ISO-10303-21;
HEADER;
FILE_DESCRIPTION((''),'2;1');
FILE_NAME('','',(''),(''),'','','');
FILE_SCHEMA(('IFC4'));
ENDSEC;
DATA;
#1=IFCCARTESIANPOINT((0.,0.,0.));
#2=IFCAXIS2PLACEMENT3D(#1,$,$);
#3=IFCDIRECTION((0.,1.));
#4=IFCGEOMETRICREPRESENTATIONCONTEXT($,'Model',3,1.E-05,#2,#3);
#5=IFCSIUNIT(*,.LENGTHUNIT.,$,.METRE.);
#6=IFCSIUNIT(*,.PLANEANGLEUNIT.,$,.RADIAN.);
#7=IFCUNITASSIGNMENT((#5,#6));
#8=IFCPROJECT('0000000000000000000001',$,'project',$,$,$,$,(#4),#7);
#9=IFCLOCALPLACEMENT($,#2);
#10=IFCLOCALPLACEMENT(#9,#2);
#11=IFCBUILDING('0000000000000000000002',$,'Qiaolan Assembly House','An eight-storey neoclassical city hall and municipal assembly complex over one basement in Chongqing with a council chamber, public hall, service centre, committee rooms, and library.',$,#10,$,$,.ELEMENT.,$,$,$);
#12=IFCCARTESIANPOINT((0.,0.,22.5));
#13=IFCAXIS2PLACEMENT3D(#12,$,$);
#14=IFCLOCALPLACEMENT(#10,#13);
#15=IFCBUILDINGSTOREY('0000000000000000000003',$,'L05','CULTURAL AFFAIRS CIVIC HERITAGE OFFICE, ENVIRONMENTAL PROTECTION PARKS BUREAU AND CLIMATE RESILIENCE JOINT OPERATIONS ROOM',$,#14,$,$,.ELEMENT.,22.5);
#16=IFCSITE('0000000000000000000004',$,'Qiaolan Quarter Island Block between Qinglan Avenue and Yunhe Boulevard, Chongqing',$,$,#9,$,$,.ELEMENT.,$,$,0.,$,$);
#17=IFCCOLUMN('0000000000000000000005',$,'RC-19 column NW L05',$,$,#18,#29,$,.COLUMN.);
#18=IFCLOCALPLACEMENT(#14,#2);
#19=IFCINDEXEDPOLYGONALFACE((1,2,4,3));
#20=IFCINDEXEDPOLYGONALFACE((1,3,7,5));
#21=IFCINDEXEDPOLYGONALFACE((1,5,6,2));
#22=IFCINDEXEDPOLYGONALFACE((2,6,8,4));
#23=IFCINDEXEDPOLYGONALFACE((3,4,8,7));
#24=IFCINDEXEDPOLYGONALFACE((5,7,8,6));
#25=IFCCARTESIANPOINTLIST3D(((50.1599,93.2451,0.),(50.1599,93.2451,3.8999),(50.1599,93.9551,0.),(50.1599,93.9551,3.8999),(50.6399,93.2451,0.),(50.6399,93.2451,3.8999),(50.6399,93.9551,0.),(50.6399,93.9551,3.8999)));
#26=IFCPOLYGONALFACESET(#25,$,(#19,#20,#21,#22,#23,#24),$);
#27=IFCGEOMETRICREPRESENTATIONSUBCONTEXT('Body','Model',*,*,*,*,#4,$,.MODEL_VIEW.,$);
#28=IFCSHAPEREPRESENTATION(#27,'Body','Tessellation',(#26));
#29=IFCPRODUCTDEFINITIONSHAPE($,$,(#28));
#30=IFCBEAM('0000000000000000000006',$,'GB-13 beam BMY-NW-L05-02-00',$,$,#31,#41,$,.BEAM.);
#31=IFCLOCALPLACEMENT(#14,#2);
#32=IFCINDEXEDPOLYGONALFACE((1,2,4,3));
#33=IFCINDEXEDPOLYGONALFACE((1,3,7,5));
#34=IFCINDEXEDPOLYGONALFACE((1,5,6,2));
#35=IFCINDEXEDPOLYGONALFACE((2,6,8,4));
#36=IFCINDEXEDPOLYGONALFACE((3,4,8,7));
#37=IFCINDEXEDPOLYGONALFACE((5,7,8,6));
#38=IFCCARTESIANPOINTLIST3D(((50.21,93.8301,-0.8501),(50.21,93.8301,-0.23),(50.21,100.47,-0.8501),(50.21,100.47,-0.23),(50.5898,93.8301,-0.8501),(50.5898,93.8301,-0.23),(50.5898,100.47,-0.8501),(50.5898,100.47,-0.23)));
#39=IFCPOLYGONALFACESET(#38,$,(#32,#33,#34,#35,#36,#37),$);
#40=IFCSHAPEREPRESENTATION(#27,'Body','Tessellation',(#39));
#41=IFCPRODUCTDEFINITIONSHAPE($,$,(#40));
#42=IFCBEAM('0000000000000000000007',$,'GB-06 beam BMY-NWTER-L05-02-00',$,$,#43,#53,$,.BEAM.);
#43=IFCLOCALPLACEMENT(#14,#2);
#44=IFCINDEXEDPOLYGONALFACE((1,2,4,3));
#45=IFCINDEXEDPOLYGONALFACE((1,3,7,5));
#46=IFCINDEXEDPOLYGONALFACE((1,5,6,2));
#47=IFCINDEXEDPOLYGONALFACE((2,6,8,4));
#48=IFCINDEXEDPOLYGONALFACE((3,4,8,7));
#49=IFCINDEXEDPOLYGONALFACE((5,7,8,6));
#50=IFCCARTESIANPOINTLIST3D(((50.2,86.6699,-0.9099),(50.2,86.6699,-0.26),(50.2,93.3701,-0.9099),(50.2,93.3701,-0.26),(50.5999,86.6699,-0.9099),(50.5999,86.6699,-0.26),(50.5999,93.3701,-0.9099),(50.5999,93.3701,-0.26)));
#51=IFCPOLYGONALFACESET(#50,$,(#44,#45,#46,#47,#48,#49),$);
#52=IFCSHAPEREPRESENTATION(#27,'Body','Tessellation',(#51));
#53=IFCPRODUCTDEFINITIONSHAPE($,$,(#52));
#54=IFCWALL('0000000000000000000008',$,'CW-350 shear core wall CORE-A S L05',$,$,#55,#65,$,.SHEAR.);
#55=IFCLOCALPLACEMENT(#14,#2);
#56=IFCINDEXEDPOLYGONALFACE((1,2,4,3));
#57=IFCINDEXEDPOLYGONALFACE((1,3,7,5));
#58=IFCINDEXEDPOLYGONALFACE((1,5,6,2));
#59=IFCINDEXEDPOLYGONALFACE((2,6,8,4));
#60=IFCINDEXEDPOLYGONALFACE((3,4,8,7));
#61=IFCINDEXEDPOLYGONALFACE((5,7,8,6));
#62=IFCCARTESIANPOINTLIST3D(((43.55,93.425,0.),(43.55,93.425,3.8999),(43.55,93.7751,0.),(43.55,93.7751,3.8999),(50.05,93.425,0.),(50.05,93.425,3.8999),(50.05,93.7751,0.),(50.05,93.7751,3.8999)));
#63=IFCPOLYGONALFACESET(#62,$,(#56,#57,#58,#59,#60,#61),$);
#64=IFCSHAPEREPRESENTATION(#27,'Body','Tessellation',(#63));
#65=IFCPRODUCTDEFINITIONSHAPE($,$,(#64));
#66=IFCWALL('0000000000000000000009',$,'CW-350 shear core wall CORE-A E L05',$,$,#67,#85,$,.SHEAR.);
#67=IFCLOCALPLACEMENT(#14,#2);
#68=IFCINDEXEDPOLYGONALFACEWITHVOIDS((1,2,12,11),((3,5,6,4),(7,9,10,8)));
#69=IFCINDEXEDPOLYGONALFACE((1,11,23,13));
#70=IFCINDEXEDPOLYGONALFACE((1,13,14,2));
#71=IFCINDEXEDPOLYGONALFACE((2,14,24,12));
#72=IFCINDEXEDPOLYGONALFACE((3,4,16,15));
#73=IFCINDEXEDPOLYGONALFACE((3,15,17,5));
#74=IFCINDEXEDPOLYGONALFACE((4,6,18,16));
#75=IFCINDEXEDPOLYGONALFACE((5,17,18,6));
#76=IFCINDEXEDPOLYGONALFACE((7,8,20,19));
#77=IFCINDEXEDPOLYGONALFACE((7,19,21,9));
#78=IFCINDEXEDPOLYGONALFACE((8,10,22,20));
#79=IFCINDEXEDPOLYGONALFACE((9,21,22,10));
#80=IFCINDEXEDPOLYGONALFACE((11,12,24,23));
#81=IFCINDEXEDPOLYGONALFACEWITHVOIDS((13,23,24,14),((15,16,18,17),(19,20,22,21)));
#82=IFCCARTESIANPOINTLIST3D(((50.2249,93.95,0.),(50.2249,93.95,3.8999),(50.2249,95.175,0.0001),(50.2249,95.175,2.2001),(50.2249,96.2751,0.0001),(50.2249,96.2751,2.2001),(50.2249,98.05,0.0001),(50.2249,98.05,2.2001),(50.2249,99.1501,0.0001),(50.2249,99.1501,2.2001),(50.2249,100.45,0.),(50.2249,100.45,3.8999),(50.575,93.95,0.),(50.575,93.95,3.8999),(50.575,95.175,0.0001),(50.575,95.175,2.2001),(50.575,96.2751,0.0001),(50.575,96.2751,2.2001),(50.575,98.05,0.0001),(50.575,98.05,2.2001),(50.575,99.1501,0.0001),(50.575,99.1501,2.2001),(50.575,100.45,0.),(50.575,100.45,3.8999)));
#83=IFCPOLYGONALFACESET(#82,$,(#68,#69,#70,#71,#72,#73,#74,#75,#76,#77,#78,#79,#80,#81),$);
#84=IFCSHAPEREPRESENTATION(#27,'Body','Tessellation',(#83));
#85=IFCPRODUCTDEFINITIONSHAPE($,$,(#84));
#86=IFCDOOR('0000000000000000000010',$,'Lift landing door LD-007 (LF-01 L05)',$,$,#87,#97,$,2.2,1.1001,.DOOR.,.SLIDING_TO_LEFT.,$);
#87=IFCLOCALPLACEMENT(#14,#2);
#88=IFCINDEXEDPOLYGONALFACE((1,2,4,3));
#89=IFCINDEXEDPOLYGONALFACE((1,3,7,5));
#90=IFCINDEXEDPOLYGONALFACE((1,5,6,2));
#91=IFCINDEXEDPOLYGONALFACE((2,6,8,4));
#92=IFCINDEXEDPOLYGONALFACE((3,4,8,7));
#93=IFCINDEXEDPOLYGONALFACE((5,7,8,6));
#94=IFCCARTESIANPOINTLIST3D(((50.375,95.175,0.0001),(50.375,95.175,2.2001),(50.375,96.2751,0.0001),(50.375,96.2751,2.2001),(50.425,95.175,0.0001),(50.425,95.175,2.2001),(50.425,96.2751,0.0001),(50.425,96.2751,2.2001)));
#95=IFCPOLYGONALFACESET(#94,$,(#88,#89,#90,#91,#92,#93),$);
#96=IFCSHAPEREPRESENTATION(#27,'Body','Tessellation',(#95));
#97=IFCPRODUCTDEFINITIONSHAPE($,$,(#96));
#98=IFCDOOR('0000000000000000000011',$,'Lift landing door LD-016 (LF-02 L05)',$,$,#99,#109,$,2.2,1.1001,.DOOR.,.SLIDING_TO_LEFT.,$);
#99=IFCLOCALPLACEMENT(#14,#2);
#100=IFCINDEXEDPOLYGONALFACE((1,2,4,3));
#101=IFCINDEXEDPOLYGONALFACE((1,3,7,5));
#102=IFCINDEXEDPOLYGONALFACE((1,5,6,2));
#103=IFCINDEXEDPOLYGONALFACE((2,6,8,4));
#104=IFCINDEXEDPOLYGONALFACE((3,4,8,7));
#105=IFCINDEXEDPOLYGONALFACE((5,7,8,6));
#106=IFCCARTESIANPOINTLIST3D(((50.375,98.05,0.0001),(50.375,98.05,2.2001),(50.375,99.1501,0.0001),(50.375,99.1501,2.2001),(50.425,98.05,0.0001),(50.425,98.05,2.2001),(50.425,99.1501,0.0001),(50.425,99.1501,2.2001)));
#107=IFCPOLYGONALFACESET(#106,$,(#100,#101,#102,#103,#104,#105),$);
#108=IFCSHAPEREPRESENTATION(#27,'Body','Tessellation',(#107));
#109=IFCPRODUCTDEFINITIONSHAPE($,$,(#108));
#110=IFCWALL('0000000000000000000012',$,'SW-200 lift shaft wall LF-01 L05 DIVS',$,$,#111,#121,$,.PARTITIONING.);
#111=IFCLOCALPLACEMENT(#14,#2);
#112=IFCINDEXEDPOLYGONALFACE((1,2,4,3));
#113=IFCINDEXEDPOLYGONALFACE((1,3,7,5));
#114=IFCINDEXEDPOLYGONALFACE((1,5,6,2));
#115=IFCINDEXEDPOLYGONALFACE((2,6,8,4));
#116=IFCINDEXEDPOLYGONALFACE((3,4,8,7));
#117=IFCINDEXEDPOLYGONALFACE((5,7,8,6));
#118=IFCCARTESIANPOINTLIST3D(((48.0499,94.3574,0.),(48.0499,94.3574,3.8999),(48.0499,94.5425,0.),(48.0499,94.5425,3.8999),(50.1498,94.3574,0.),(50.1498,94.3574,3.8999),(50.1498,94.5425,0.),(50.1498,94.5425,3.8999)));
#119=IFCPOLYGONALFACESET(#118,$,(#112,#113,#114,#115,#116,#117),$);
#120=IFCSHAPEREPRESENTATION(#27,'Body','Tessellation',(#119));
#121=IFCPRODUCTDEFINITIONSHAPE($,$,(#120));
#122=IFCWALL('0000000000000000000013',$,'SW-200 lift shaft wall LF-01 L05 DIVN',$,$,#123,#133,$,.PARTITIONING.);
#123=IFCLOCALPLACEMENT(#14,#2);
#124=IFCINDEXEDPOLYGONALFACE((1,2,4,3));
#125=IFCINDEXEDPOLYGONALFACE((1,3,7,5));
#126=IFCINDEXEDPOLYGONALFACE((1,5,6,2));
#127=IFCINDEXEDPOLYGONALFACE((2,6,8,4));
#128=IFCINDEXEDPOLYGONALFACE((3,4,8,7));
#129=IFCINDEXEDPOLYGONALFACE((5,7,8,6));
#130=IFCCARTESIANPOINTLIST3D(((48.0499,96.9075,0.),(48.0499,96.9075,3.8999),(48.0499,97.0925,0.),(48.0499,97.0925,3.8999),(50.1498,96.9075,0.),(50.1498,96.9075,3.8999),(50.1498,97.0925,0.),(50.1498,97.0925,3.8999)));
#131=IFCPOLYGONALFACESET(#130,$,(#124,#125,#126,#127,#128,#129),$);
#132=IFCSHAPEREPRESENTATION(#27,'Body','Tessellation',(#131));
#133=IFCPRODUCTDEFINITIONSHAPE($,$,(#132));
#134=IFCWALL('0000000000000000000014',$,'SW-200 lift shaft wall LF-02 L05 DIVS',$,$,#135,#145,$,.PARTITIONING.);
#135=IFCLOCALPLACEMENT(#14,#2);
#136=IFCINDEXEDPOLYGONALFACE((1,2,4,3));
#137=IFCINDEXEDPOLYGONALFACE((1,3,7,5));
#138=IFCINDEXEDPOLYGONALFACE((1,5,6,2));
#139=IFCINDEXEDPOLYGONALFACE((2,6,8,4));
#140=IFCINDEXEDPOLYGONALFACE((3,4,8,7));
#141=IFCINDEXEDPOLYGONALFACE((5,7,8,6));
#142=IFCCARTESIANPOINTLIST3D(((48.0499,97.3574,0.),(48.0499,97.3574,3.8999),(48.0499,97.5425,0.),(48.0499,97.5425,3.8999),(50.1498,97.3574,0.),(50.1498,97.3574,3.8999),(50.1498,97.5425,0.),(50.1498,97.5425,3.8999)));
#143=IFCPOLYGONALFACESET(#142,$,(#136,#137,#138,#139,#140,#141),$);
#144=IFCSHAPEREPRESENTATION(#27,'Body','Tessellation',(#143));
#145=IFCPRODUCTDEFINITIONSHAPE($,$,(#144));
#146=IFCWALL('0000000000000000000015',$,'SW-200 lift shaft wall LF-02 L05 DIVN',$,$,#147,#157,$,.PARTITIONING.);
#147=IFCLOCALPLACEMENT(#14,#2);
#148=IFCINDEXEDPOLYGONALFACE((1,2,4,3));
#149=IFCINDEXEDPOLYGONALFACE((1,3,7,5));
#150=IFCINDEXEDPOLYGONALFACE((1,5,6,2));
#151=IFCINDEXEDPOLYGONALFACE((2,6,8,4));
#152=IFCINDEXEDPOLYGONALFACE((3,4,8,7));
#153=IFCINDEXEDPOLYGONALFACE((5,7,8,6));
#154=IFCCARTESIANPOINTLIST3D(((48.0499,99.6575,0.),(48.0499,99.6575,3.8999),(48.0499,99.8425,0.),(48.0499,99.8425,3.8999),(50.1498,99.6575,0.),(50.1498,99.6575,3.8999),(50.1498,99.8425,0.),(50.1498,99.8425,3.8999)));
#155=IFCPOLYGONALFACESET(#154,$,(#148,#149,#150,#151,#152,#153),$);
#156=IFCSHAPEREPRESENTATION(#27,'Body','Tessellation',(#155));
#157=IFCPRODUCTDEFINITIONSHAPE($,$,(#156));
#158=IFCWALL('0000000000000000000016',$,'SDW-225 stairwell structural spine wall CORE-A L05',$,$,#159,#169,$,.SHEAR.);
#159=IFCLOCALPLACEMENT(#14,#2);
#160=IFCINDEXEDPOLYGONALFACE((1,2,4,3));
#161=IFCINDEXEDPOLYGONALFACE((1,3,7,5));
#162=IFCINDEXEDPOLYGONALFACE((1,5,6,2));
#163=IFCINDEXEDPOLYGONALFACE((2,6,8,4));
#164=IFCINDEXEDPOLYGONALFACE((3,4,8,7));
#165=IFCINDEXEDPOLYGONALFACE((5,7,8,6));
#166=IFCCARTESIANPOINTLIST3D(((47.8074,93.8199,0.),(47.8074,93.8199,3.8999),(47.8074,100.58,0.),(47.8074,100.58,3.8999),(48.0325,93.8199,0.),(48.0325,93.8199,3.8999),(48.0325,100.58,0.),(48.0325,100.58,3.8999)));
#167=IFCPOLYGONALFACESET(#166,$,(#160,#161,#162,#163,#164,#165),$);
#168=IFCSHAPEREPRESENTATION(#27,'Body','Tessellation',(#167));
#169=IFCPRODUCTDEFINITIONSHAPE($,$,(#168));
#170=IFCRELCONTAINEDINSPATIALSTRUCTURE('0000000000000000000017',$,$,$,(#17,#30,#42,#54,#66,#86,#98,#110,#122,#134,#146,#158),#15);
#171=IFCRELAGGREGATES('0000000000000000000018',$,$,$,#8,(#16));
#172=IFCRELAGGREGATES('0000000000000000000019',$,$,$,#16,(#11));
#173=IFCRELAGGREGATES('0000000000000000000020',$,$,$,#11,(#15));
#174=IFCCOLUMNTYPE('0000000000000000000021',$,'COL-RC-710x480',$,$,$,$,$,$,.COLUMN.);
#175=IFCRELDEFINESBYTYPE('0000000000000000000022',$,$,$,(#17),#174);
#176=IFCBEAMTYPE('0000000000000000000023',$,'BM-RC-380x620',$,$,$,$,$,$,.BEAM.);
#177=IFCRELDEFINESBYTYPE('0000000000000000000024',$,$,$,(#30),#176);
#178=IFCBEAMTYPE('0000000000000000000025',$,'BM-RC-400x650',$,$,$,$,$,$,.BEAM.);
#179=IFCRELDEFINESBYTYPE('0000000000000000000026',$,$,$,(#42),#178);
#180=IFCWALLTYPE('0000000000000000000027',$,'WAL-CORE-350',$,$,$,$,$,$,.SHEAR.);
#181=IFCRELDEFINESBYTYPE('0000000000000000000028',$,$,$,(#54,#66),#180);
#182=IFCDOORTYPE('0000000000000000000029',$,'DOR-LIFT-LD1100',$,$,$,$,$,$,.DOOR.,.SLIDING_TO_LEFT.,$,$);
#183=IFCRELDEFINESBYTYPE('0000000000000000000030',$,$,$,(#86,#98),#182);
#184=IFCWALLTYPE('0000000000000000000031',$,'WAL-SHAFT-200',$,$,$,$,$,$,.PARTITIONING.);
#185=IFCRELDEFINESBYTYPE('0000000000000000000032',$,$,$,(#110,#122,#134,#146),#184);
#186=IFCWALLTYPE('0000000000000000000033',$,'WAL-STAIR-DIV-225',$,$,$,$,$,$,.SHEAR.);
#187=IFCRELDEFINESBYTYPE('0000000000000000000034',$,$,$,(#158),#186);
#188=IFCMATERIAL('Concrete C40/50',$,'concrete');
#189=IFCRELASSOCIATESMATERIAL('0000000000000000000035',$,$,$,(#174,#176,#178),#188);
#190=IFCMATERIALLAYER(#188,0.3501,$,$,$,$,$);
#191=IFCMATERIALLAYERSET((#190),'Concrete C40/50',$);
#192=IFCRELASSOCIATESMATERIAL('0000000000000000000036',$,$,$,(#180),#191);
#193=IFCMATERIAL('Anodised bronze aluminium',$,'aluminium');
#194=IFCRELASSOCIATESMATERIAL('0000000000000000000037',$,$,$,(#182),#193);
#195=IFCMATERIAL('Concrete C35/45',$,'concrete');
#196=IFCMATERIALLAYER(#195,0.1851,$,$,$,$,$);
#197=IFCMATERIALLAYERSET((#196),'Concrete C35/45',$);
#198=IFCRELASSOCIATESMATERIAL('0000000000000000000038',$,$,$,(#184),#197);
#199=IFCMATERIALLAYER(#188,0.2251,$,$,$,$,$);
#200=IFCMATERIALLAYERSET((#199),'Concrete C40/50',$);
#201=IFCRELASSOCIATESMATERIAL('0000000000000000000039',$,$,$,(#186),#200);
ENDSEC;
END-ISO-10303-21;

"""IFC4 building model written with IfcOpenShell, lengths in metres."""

from ifc_helpers import new_model, si_unit, direction, frame, frame_2d, origin, origin_2d, place, context, subcontext, project, spatial, rectangle, extrude, material, layer, layer_set, material_profile, profile_set, type_object, element, fill, save


model = new_model("IFC4")

# Units and contexts
model_context = context("Model", 3, precision=1e-05, world=origin(), true_north=direction((0.0, 1.0)))
body_context = subcontext(model_context, "Body", "Model", "MODEL_VIEW")
ifc_project = project(units=[si_unit("LENGTHUNIT", "METRE"), si_unit("PLANEANGLEUNIT", "RADIAN")], contexts=[model_context])

# Site, building, storey
site_placement = place(None, origin())
site = spatial("IfcSite", under=ifc_project, at=site_placement, Name="Qiaolan Quarter Island Block between Qinglan Avenue and Yunhe Boulevard, Chongqing", CompositionType="ELEMENT", RefElevation=0.0)
building_placement = place(site_placement, origin())
building = spatial("IfcBuilding", under=site, at=building_placement, Name="Qiaolan Assembly House", Description="An eight-storey neoclassical city hall and municipal assembly complex over one basement in Chongqing with a council chamber, public hall, service centre, committee rooms, and library.", CompositionType="ELEMENT")
storey_placement = place(building_placement, frame((0.0, 0.0, 22.5)))
storey = spatial("IfcBuildingStorey", under=building, at=storey_placement, Name="L05", Description="CULTURAL AFFAIRS CIVIC HERITAGE OFFICE, ENVIRONMENTAL PROTECTION PARKS BUREAU AND CLIMATE RESILIENCE JOINT OPERATIONS ROOM", CompositionType="ELEMENT", Elevation=22.5)

# Column
ifc_material_1 = material(Name="Concrete C40/50", Category="concrete")
ifc_material_profile_1 = material_profile(ifc_material_1, rectangle(XDim=0.48, YDim=0.71, at=origin_2d()), Name="RC 710x480")
ifc_profile_set_1 = profile_set([ifc_material_profile_1], Name="Concrete C40/50")
column_type = type_object("IfcColumnType", Name="COL-RC-710x480", PredefinedType="COLUMN", material=ifc_profile_set_1)
column_placement = place(storey_placement, frame((50.3999, 93.6001, 0.0), z_axis=(0.0, 0.0, 1.0), x_axis=(1.0, 0.0, 0.0)))
element("IfcColumn", 1, at=column_placement, inside=storey, type_object=column_type, Name="RC-19 column NW L05", PredefinedType="COLUMN", context=body_context, shape_type="SweptSolid", body=[
    extrude(rectangle(XDim=0.48, YDim=0.71, at=origin_2d()), origin(), (0.0, 0.0, 1.0), 3.8999),
])

# Beams
ifc_material_profile_2 = material_profile(ifc_material_1, rectangle(XDim=0.3799, YDim=0.6201, at=origin_2d()), Name="RCB 380x620")
ifc_profile_set_2 = profile_set([ifc_material_profile_2], Name="Concrete C40/50")
beam_type_1 = type_object("IfcBeamType", Name="BM-RC-380x620", PredefinedType="BEAM", material=ifc_profile_set_2)
beam_1_placement = place(storey_placement, frame((50.3999, 93.8301, -0.54), z_axis=(0.0, 1.0, 0.0), x_axis=(-1.0, 0.0, 0.0)))
element("IfcBeam", 2, at=beam_1_placement, inside=storey, type_object=beam_type_1, Name="GB-13 beam BMY-NW-L05-02-00", PredefinedType="BEAM", context=body_context, shape_type="SweptSolid", body=[
    extrude(rectangle(XDim=0.3799, YDim=0.6201, at=origin_2d()), origin(), (0.0, 0.0, 1.0), 6.6399),
])
ifc_material_profile_3 = material_profile(ifc_material_1, rectangle(XDim=0.3999, YDim=0.6499, at=origin_2d()), Name="RCB 400x650")
ifc_profile_set_3 = profile_set([ifc_material_profile_3], Name="Concrete C40/50")
beam_type_2 = type_object("IfcBeamType", Name="BM-RC-400x650", PredefinedType="BEAM", material=ifc_profile_set_3)
beam_2_placement = place(storey_placement, frame((50.3999, 86.6699, -0.585), z_axis=(0.0, 1.0, 0.0), x_axis=(-1.0, 0.0, 0.0)))
element("IfcBeam", 3, at=beam_2_placement, inside=storey, type_object=beam_type_2, Name="GB-06 beam BMY-NWTER-L05-02-00", PredefinedType="BEAM", context=body_context, shape_type="SweptSolid", body=[
    extrude(rectangle(XDim=0.3999, YDim=0.6499, at=origin_2d()), origin(), (0.0, 0.0, 1.0), 6.7002),
])

# Wall
ifc_layer_1 = layer(ifc_material_1, 0.3501)
ifc_layer_set_1 = layer_set([ifc_layer_1], Name="Concrete C40/50")
wall_type_1 = type_object("IfcWallType", Name="WAL-CORE-350", PredefinedType="SHEAR", material=ifc_layer_set_1)
wall_1_placement = place(storey_placement, frame((43.55, 93.6001, 0.0), z_axis=(0.0, 0.0, 1.0), x_axis=(1.0, 0.0, 0.0)))
element("IfcWall", 4, at=wall_1_placement, inside=storey, type_object=wall_type_1, Name="CW-350 shear core wall CORE-A S L05", PredefinedType="SHEAR", context=body_context, shape_type="SweptSolid", body=[
    extrude(rectangle(XDim=6.5, YDim=0.3501, at=frame_2d((3.25, 0.0))), origin(), (0.0, 0.0, 1.0), 3.8999),
])

# Wall, openings, doors
wall_2_placement = place(storey_placement, frame((50.3999, 93.95, 0.0), z_axis=(0.0, 0.0, 1.0), x_axis=(0.0, 1.0, 0.0)))
wall_2 = element("IfcWall", 5, at=wall_2_placement, inside=storey, type_object=wall_type_1, Name="CW-350 shear core wall CORE-A E L05", PredefinedType="SHEAR", context=body_context, shape_type="SweptSolid", body=[
    extrude(rectangle(XDim=6.5, YDim=0.3501, at=frame_2d((3.25, 0.0))), origin(), (0.0, 0.0, 1.0), 3.8999),
])
opening_1_placement = place(wall_2_placement, frame((1.2251, 0.0, 0.0)))
opening_1 = element("IfcOpeningElement", 6, at=opening_1_placement, cuts=wall_2, PredefinedType="OPENING", context=body_context, shape_type="SweptSolid", body=[
    extrude(rectangle(XDim=1.1001, YDim=2.2, at=frame_2d((0.55, 1.1001))), frame((0.0, 0.1851, 0.0), z_axis=(0.0, -1.0, 0.0), x_axis=(1.0, 0.0, 0.0)), (0.0, 0.0, 1.0), 0.3701),
])
opening_2_placement = place(wall_2_placement, frame((4.1001, 0.0, 0.0)))
opening_2 = element("IfcOpeningElement", 7, at=opening_2_placement, cuts=wall_2, PredefinedType="OPENING", context=body_context, shape_type="SweptSolid", body=[
    extrude(rectangle(XDim=1.1001, YDim=2.2, at=frame_2d((0.55, 1.1001))), frame((0.0, 0.1851, 0.0), z_axis=(0.0, -1.0, 0.0), x_axis=(1.0, 0.0, 0.0)), (0.0, 0.0, 1.0), 0.3701),
])
ifc_material_2 = material(Name="Anodised bronze aluminium", Category="aluminium")
door_type = type_object("IfcDoorType", Name="DOR-LIFT-LD1100", OperationType="SLIDING_TO_LEFT", PredefinedType="DOOR", material=ifc_material_2)
door_1_placement = place(opening_1_placement, origin())
door_1 = element("IfcDoor", 8, at=door_1_placement, inside=storey, type_object=door_type, Name="Lift landing door LD-007 (LF-01 L05)", OperationType="SLIDING_TO_LEFT", OverallHeight=2.2, OverallWidth=1.1001, PredefinedType="DOOR", context=body_context, shape_type="SweptSolid", body=[
    extrude(rectangle(XDim=1.1001, YDim=2.2, at=frame_2d((0.55, 1.1001))), frame((0.0, 0.0249, 0.0), z_axis=(0.0, -1.0, 0.0), x_axis=(1.0, 0.0, 0.0)), (0.0, 0.0, 1.0), 0.05),
])
fill(opening_1, door_1)
door_2_placement = place(opening_2_placement, origin())
door_2 = element("IfcDoor", 9, at=door_2_placement, inside=storey, type_object=door_type, Name="Lift landing door LD-016 (LF-02 L05)", OperationType="SLIDING_TO_LEFT", OverallHeight=2.2, OverallWidth=1.1001, PredefinedType="DOOR", context=body_context, shape_type="SweptSolid", body=[
    extrude(rectangle(XDim=1.1001, YDim=2.2, at=frame_2d((0.55, 1.1001))), frame((0.0, 0.0249, 0.0), z_axis=(0.0, -1.0, 0.0), x_axis=(1.0, 0.0, 0.0)), (0.0, 0.0, 1.0), 0.05),
])
fill(opening_2, door_2)

# Walls
ifc_material_3 = material(Name="Concrete C35/45", Category="concrete")
ifc_layer_2 = layer(ifc_material_3, 0.1851)
ifc_layer_set_2 = layer_set([ifc_layer_2], Name="Concrete C35/45")
wall_type_2 = type_object("IfcWallType", Name="WAL-SHAFT-200", PredefinedType="PARTITIONING", material=ifc_layer_set_2)
for number, where, z_axis, x_axis, name in (
    (10, (48.05, 94.45, 0.0), (0.0, 0.0, 1.0), (1.0, 0.0, 0.0), "SW-200 lift shaft wall LF-01 L05 DIVS"),
    (11, (48.05, 97.0, 0.0), (0.0, 0.0, 1.0), (1.0, 0.0, 0.0), "SW-200 lift shaft wall LF-01 L05 DIVN"),
    (12, (48.05, 97.45, 0.0), (0.0, 0.0, 1.0), (1.0, 0.0, 0.0), "SW-200 lift shaft wall LF-02 L05 DIVS"),
    (13, (48.05, 99.75, 0.0), (0.0, 0.0, 1.0), (1.0, 0.0, 0.0), "SW-200 lift shaft wall LF-02 L05 DIVN"),
):
    element("IfcWall", number, at=place(storey_placement, frame(where, z_axis=z_axis, x_axis=x_axis)), inside=storey, type_object=wall_type_2, Name=name, PredefinedType="PARTITIONING", context=body_context, shape_type="SweptSolid", body=[
        extrude(rectangle(XDim=2.0999, YDim=0.1851, at=frame_2d((1.0498, 0.0))), origin(), (0.0, 0.0, 1.0), 3.8999),
    ])
ifc_layer_3 = layer(ifc_material_1, 0.2251)
ifc_layer_set_3 = layer_set([ifc_layer_3], Name="Concrete C40/50")
wall_type_3 = type_object("IfcWallType", Name="WAL-STAIR-DIV-225", PredefinedType="SHEAR", material=ifc_layer_set_3)
wall_3_placement = place(storey_placement, frame((47.9199, 93.8201, 0.0), z_axis=(0.0, 0.0, 1.0), x_axis=(0.0, 1.0, 0.0)))
element("IfcWall", 14, at=wall_3_placement, inside=storey, type_object=wall_type_3, Name="SDW-225 stairwell structural spine wall CORE-A L05", PredefinedType="SHEAR", context=body_context, shape_type="SweptSolid", body=[
    extrude(rectangle(XDim=6.76, YDim=0.2251, at=frame_2d((3.3799, 0.0))), origin(), (0.0, 0.0, 1.0), 3.8999),
])

save(model, "model.ifc")
